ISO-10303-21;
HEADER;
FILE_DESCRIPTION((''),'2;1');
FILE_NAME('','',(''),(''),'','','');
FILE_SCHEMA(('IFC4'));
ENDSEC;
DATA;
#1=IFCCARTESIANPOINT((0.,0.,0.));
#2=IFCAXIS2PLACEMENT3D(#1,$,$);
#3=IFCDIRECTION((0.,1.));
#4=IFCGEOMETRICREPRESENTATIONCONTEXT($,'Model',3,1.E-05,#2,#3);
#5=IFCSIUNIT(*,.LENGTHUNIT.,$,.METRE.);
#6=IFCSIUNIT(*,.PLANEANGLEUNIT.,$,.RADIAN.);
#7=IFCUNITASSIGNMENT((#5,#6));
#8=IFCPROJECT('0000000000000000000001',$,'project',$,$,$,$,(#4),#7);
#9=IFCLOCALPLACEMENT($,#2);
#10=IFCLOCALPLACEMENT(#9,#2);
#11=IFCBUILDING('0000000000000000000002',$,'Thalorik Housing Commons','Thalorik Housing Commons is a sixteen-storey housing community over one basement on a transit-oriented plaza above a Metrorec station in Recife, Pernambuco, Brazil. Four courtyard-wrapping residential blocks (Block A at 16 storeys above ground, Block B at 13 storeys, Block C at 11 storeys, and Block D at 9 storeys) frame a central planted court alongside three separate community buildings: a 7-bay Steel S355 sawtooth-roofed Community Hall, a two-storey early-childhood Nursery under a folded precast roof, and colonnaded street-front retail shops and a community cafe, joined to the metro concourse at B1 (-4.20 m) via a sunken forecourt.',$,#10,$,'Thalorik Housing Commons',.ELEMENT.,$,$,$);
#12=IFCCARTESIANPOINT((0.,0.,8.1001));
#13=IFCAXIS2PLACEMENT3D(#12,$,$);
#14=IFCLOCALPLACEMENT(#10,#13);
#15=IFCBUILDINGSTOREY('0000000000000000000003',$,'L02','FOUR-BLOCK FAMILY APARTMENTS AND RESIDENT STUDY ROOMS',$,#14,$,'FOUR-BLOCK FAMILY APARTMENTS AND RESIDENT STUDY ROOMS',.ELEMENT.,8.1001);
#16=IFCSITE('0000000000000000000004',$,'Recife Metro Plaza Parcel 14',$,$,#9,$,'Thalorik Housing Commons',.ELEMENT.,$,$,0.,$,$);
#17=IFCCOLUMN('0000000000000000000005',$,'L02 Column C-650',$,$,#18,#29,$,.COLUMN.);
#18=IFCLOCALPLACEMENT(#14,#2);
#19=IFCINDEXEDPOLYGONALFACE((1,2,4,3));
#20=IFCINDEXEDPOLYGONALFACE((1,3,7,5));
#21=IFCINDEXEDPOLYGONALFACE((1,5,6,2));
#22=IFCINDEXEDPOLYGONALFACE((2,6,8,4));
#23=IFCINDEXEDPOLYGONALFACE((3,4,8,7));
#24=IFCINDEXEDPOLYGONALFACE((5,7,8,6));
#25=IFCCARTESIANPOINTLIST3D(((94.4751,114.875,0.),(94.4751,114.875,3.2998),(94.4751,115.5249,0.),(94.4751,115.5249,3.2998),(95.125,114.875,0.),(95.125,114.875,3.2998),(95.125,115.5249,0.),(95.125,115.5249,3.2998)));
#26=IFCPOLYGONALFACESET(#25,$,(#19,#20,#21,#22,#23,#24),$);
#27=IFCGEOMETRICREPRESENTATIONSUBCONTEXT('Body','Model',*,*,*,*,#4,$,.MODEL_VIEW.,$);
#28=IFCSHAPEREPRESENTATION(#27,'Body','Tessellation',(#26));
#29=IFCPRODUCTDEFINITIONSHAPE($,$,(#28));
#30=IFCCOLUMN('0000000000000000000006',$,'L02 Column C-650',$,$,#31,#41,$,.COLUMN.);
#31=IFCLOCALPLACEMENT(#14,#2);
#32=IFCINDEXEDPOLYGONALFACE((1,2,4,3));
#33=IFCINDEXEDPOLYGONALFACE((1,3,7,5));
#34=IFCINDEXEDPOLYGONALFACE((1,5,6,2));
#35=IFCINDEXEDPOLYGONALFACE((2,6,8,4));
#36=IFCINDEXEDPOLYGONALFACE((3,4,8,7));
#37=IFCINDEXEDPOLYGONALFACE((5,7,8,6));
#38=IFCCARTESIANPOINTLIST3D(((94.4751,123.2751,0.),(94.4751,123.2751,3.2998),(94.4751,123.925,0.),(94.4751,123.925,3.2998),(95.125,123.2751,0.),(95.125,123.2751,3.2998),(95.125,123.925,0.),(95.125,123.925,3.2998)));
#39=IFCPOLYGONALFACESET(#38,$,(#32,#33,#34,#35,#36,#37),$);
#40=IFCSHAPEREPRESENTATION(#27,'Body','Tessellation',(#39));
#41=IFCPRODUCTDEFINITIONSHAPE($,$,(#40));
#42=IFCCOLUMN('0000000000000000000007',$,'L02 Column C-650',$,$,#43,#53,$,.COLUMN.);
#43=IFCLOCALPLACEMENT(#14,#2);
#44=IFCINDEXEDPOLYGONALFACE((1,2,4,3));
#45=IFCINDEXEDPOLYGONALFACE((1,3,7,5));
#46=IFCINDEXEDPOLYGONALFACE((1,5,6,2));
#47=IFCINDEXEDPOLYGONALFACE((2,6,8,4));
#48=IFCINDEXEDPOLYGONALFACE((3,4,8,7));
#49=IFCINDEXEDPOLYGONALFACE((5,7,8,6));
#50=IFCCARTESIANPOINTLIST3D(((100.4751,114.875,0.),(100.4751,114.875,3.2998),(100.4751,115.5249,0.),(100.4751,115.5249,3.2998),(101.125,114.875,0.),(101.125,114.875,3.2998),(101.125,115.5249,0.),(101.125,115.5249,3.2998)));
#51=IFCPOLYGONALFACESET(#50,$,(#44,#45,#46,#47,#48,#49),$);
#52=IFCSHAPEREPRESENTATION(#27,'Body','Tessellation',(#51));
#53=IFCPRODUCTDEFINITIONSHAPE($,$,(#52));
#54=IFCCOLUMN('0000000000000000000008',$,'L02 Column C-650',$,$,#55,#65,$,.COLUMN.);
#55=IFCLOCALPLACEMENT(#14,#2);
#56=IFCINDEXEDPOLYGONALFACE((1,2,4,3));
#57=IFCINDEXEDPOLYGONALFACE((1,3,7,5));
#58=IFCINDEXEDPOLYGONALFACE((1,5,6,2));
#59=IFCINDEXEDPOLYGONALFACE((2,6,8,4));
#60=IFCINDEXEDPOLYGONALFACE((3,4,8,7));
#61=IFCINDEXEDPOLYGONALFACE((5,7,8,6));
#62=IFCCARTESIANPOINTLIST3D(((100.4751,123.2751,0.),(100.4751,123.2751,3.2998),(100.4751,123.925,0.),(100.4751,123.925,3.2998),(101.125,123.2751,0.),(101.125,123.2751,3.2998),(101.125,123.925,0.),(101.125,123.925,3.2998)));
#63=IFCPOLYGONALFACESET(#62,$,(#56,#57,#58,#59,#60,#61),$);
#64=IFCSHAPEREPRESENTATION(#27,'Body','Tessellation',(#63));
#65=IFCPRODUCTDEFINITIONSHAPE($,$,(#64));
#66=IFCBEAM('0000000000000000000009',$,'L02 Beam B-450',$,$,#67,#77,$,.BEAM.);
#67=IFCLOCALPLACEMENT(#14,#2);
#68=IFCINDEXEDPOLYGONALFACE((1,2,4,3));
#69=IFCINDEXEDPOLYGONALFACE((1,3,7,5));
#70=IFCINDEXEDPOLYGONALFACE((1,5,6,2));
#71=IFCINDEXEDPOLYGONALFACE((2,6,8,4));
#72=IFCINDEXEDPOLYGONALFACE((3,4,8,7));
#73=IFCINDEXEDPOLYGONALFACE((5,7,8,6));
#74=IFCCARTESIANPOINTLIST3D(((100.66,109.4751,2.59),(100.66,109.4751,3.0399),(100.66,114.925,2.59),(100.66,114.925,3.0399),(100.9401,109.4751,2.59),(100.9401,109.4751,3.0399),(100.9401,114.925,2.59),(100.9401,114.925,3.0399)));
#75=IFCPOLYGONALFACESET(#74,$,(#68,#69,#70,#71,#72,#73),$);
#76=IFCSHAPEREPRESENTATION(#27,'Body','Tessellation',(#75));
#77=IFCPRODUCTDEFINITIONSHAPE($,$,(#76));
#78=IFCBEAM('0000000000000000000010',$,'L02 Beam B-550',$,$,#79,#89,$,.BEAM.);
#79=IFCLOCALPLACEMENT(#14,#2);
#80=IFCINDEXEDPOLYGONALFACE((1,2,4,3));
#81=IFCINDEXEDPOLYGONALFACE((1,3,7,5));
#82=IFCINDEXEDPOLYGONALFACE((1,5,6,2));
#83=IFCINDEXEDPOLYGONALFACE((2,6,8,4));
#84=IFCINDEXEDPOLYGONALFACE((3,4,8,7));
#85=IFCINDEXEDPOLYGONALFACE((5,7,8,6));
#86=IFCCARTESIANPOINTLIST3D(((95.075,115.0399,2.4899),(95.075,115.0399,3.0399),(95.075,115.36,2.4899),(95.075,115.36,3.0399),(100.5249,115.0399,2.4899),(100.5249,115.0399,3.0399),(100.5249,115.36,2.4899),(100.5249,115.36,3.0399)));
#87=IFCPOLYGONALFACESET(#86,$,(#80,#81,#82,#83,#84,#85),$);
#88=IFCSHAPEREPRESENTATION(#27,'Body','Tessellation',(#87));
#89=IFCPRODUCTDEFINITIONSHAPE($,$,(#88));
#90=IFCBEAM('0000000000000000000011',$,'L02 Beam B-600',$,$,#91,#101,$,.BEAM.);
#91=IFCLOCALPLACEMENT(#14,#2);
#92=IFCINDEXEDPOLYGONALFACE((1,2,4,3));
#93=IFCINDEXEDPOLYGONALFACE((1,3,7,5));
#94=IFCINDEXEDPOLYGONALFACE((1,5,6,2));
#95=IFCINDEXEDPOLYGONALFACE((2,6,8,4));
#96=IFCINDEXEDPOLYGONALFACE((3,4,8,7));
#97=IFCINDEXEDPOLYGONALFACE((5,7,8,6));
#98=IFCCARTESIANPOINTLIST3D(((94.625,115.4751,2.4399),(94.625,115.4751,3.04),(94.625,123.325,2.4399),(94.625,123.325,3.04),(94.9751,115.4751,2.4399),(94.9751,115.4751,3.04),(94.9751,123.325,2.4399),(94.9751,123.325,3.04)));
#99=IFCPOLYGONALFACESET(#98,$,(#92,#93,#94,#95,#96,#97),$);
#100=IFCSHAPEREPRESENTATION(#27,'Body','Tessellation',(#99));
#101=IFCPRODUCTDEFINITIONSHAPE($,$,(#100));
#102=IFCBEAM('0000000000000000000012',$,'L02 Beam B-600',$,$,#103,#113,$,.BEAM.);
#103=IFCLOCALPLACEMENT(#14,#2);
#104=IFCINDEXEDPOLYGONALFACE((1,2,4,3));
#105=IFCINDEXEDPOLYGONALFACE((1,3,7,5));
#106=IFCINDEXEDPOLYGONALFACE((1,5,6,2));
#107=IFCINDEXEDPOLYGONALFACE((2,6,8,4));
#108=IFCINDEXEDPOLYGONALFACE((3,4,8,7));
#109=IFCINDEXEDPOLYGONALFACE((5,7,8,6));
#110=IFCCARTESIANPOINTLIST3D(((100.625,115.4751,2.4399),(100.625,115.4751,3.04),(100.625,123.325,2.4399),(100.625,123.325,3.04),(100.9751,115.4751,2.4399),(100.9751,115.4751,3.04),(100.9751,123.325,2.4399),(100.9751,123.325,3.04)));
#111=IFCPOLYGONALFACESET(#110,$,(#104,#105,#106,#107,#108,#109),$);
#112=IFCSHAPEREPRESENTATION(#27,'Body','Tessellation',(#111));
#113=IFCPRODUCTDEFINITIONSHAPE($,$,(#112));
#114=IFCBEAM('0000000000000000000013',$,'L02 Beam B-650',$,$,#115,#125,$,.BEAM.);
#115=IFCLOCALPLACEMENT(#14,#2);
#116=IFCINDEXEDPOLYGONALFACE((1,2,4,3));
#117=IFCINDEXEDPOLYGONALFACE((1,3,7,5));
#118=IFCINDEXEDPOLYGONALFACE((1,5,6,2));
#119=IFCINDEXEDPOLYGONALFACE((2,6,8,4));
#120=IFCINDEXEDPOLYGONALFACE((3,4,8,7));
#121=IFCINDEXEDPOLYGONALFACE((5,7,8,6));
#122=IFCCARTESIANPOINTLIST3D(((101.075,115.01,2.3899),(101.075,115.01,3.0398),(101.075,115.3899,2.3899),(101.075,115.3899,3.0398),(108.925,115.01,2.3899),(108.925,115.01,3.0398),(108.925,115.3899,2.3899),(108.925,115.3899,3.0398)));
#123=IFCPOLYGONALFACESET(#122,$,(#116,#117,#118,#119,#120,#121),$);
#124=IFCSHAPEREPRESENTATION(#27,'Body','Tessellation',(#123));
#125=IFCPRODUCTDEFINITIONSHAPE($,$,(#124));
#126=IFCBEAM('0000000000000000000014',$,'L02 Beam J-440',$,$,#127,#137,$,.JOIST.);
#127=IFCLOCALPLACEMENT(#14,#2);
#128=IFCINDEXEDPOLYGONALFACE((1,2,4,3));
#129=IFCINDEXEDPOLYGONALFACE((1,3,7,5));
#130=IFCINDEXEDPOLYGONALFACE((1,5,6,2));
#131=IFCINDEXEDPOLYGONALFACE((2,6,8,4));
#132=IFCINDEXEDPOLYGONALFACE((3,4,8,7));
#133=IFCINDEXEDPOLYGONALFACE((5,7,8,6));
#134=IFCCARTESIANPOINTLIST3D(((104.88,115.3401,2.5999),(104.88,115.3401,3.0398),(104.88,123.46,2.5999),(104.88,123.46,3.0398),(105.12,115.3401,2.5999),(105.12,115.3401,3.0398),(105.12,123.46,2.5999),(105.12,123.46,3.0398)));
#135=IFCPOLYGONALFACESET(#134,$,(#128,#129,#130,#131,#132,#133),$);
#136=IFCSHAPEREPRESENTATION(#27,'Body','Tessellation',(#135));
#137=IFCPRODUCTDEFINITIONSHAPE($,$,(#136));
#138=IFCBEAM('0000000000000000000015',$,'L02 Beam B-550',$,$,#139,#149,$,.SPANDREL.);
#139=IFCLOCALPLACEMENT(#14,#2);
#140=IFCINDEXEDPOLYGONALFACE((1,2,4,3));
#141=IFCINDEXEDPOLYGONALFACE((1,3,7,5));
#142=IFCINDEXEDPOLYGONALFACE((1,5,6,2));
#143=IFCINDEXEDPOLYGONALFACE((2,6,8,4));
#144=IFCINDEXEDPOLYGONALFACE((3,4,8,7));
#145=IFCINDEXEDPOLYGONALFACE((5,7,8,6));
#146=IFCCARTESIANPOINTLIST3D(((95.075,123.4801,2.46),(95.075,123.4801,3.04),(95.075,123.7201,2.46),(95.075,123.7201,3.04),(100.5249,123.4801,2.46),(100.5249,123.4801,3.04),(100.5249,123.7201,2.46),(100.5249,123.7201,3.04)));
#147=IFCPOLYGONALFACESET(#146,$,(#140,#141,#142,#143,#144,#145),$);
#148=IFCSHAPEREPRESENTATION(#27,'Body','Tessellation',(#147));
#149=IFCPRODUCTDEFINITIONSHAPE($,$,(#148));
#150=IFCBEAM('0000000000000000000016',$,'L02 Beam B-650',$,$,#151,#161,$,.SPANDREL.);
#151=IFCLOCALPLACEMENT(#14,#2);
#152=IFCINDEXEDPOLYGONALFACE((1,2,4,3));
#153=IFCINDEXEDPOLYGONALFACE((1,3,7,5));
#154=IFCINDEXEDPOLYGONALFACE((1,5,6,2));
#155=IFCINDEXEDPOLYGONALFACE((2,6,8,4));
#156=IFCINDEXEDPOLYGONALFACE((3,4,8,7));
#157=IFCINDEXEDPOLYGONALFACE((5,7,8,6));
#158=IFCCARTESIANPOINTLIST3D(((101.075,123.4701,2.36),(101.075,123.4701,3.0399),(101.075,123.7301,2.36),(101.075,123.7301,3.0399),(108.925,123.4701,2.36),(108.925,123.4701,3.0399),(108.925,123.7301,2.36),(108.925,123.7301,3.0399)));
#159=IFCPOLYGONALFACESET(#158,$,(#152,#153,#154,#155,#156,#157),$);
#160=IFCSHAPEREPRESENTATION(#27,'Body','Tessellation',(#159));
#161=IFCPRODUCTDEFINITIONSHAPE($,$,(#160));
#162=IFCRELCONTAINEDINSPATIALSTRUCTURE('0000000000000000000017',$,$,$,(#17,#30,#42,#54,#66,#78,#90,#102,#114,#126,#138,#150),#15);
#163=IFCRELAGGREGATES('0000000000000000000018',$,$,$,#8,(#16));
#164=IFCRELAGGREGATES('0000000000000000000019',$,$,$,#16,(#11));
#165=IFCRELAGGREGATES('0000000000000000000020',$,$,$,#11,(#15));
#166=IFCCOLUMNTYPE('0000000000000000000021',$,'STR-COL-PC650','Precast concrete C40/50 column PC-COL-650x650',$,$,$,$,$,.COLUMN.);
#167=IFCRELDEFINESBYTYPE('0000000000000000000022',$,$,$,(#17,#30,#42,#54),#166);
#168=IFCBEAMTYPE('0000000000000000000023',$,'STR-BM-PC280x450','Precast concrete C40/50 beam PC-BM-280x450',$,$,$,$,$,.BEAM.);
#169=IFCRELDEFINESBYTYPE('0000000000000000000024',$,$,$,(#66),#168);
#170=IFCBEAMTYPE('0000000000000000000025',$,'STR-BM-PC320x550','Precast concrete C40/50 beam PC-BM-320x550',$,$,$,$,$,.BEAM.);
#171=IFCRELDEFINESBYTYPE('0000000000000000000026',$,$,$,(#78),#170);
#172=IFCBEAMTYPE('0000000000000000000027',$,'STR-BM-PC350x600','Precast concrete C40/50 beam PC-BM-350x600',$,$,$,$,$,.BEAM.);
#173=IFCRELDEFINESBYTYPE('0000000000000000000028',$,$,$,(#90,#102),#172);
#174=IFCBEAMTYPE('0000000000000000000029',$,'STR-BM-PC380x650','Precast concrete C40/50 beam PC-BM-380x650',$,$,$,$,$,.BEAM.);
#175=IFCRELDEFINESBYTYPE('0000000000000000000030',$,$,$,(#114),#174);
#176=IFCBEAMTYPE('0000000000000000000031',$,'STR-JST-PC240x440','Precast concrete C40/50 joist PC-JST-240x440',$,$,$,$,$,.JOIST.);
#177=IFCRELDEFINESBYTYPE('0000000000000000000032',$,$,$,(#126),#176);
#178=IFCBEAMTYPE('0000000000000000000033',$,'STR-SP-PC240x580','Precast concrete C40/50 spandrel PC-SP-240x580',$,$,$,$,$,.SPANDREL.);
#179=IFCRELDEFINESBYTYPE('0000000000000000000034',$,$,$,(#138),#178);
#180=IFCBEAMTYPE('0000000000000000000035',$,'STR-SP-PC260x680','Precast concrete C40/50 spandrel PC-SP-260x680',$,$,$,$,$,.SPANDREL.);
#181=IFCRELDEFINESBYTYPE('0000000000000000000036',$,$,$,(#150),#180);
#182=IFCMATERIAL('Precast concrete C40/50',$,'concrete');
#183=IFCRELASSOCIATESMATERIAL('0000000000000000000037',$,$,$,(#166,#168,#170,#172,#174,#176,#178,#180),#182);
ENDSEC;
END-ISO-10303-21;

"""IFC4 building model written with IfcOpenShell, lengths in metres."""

from ifc_helpers import new_model, si_unit, direction, frame, origin, origin_2d, place, context, subcontext, project, spatial, rectangle, extrude, material, material_profile, profile_set, type_object, element, save


model = new_model("IFC4")

# Units and contexts
model_context = context("Model", 3, precision=1e-05, world=origin(), true_north=direction((0.0, 1.0)))
body_context = subcontext(model_context, "Body", "Model", "MODEL_VIEW")
ifc_project = project(units=[si_unit("LENGTHUNIT", "METRE"), si_unit("PLANEANGLEUNIT", "RADIAN")], contexts=[model_context])

# Site, building, storey
site_placement = place(None, origin())
site = spatial("IfcSite", under=ifc_project, at=site_placement, Name="Recife Metro Plaza Parcel 14", LongName="Thalorik Housing Commons", CompositionType="ELEMENT", RefElevation=0.0)
building_placement = place(site_placement, origin())
building = spatial("IfcBuilding", under=site, at=building_placement, Name="Thalorik Housing Commons", Description="Thalorik Housing Commons is a sixteen-storey housing community over one basement on a transit-oriented plaza above a Metrorec station in Recife, Pernambuco, Brazil. Four courtyard-wrapping residential blocks (Block A at 16 storeys above ground, Block B at 13 storeys, Block C at 11 storeys, and Block D at 9 storeys) frame a central planted court alongside three separate community buildings: a 7-bay Steel S355 sawtooth-roofed Community Hall, a two-storey early-childhood Nursery under a folded precast roof, and colonnaded street-front retail shops and a community cafe, joined to the metro concourse at B1 (-4.20 m) via a sunken forecourt.", LongName="Thalorik Housing Commons", CompositionType="ELEMENT")
storey_placement = place(building_placement, frame((0.0, 0.0, 8.1001)))
storey = spatial("IfcBuildingStorey", under=building, at=storey_placement, Name="L02", Description="FOUR-BLOCK FAMILY APARTMENTS AND RESIDENT STUDY ROOMS", LongName="FOUR-BLOCK FAMILY APARTMENTS AND RESIDENT STUDY ROOMS", CompositionType="ELEMENT", Elevation=8.1001)

# Columns
ifc_material_1 = material(Name="Precast concrete C40/50", Category="concrete")
ifc_material_profile_1 = material_profile(ifc_material_1, rectangle(XDim=0.6499, YDim=0.6499, at=origin_2d()), Name="PC 650x650", Category="concrete")
ifc_profile_set_1 = profile_set([ifc_material_profile_1], Name="Precast concrete C40/50")
column_type = type_object("IfcColumnType", Name="STR-COL-PC650", Description="Precast concrete C40/50 column PC-COL-650x650", PredefinedType="COLUMN", material=ifc_profile_set_1)
for number, where, z_axis, x_axis, name in (
    (1, (94.8, 115.2, 0.0), (0.0, 0.0, 1.0), (1.0, 0.0, 0.0), "L02 Column C-650"),
    (2, (94.8, 123.6001, 0.0), (0.0, 0.0, 1.0), (1.0, 0.0, 0.0), "L02 Column C-650"),
    (3, (100.8, 115.2, 0.0), (0.0, 0.0, 1.0), (1.0, 0.0, 0.0), "L02 Column C-650"),
    (4, (100.8, 123.6001, 0.0), (0.0, 0.0, 1.0), (1.0, 0.0, 0.0), "L02 Column C-650"),
):
    element("IfcColumn", number, at=place(storey_placement, frame(where, z_axis=z_axis, x_axis=x_axis)), inside=storey, type_object=column_type, Name=name, PredefinedType="COLUMN", context=body_context, shape_type="SweptSolid", body=[
        extrude(rectangle(XDim=0.6499, YDim=0.6499, at=origin_2d()), origin(), (0.0, 0.0, 1.0), 3.2998),
    ])

# Beams
ifc_material_profile_2 = material_profile(ifc_material_1, rectangle(XDim=0.28, YDim=0.45, at=origin_2d()), Name="PC 280x450", Category="concrete")
ifc_profile_set_2 = profile_set([ifc_material_profile_2], Name="Precast concrete C40/50")
beam_type_1 = type_object("IfcBeamType", Name="STR-BM-PC280x450", Description="Precast concrete C40/50 beam PC-BM-280x450", PredefinedType="BEAM", material=ifc_profile_set_2)
beam_1_placement = place(storey_placement, frame((100.8, 109.4751, 2.8149), z_axis=(0.0, 1.0, 0.0), x_axis=(-1.0, 0.0, 0.0)))
element("IfcBeam", 5, at=beam_1_placement, inside=storey, type_object=beam_type_1, Name="L02 Beam B-450", PredefinedType="BEAM", context=body_context, shape_type="SweptSolid", body=[
    extrude(rectangle(XDim=0.28, YDim=0.45, at=origin_2d()), origin(), (0.0, 0.0, 1.0), 5.45),
])
ifc_material_profile_3 = material_profile(ifc_material_1, rectangle(XDim=0.3201, YDim=0.55, at=origin_2d()), Name="PC 320x550", Category="concrete")
ifc_profile_set_3 = profile_set([ifc_material_profile_3], Name="Precast concrete C40/50")
beam_type_2 = type_object("IfcBeamType", Name="STR-BM-PC320x550", Description="Precast concrete C40/50 beam PC-BM-320x550", PredefinedType="BEAM", material=ifc_profile_set_3)
beam_2_placement = place(storey_placement, frame((95.075, 115.2, 2.7649), z_axis=(1.0, 0.0, 0.0), x_axis=(0.0, 1.0, 0.0)))
element("IfcBeam", 6, at=beam_2_placement, inside=storey, type_object=beam_type_2, Name="L02 Beam B-550", PredefinedType="BEAM", context=body_context, shape_type="SweptSolid", body=[
    extrude(rectangle(XDim=0.3201, YDim=0.55, at=origin_2d()), origin(), (0.0, 0.0, 1.0), 5.45),
])
ifc_material_profile_4 = material_profile(ifc_material_1, rectangle(XDim=0.3501, YDim=0.6001, at=origin_2d()), Name="PC 350x600", Category="concrete")
ifc_profile_set_4 = profile_set([ifc_material_profile_4], Name="Precast concrete C40/50")
beam_type_3 = type_object("IfcBeamType", Name="STR-BM-PC350x600", Description="Precast concrete C40/50 beam PC-BM-350x600", PredefinedType="BEAM", material=ifc_profile_set_4)
for number, where, z_axis, x_axis, name in (
    (7, (94.8, 115.4751, 2.74), (0.0, 1.0, 0.0), (-1.0, 0.0, 0.0), "L02 Beam B-600"),
    (8, (100.8, 115.4751, 2.74), (0.0, 1.0, 0.0), (-1.0, 0.0, 0.0), "L02 Beam B-600"),
):
    element("IfcBeam", number, at=place(storey_placement, frame(where, z_axis=z_axis, x_axis=x_axis)), inside=storey, type_object=beam_type_3, Name=name, PredefinedType="BEAM", context=body_context, shape_type="SweptSolid", body=[
        extrude(rectangle(XDim=0.3501, YDim=0.6001, at=origin_2d()), origin(), (0.0, 0.0, 1.0), 7.8499),
    ])
ifc_material_profile_5 = material_profile(ifc_material_1, rectangle(XDim=0.3799, YDim=0.6499, at=origin_2d()), Name="PC 380x650", Category="concrete")
ifc_profile_set_5 = profile_set([ifc_material_profile_5], Name="Precast concrete C40/50")
beam_type_4 = type_object("IfcBeamType", Name="STR-BM-PC380x650", Description="Precast concrete C40/50 beam PC-BM-380x650", PredefinedType="BEAM", material=ifc_profile_set_5)
beam_3_placement = place(storey_placement, frame((101.075, 115.2, 2.7148), z_axis=(1.0, 0.0, 0.0), x_axis=(0.0, 1.0, 0.0)))
element("IfcBeam", 9, at=beam_3_placement, inside=storey, type_object=beam_type_4, Name="L02 Beam B-650", PredefinedType="BEAM", context=body_context, shape_type="SweptSolid", body=[
    extrude(rectangle(XDim=0.3799, YDim=0.6499, at=origin_2d()), origin(), (0.0, 0.0, 1.0), 7.8501),
])
ifc_material_profile_6 = material_profile(ifc_material_1, rectangle(XDim=0.24, YDim=0.4399, at=origin_2d()), Name="PC JST 240x440", Category="concrete")
ifc_profile_set_6 = profile_set([ifc_material_profile_6], Name="Precast concrete C40/50")
beam_type_5 = type_object("IfcBeamType", Name="STR-JST-PC240x440", Description="Precast concrete C40/50 joist PC-JST-240x440", PredefinedType="JOIST", material=ifc_profile_set_6)
beam_4_placement = place(storey_placement, frame((105.0, 115.3401, 2.8198), z_axis=(0.0, 1.0, 0.0), x_axis=(-1.0, 0.0, 0.0)))
element("IfcBeam", 10, at=beam_4_placement, inside=storey, type_object=beam_type_5, Name="L02 Beam J-440", PredefinedType="JOIST", context=body_context, shape_type="SweptSolid", body=[
    extrude(rectangle(XDim=0.24, YDim=0.4399, at=origin_2d()), origin(), (0.0, 0.0, 1.0), 8.1199),
])
ifc_material_profile_7 = material_profile(ifc_material_1, rectangle(XDim=0.24, YDim=0.5801, at=origin_2d()), Name="PC SP 240x580", Category="concrete")
ifc_profile_set_7 = profile_set([ifc_material_profile_7], Name="Precast concrete C40/50")
beam_type_6 = type_object("IfcBeamType", Name="STR-SP-PC240x580", Description="Precast concrete C40/50 spandrel PC-SP-240x580", PredefinedType="SPANDREL", material=ifc_profile_set_7)
beam_5_placement = place(storey_placement, frame((95.075, 123.6001, 2.75), z_axis=(1.0, 0.0, 0.0), x_axis=(0.0, 1.0, 0.0)))
element("IfcBeam", 11, at=beam_5_placement, inside=storey, type_object=beam_type_6, Name="L02 Beam B-550", PredefinedType="SPANDREL", context=body_context, shape_type="SweptSolid", body=[
    extrude(rectangle(XDim=0.24, YDim=0.5801, at=origin_2d()), origin(), (0.0, 0.0, 1.0), 5.45),
])
ifc_material_profile_8 = material_profile(ifc_material_1, rectangle(XDim=0.26, YDim=0.6799, at=origin_2d()), Name="PC SP 260x680", Category="concrete")
ifc_profile_set_8 = profile_set([ifc_material_profile_8], Name="Precast concrete C40/50")
beam_type_7 = type_object("IfcBeamType", Name="STR-SP-PC260x680", Description="Precast concrete C40/50 spandrel PC-SP-260x680", PredefinedType="SPANDREL", material=ifc_profile_set_8)
beam_6_placement = place(storey_placement, frame((101.075, 123.6001, 2.7), z_axis=(1.0, 0.0, 0.0), x_axis=(0.0, 1.0, 0.0)))
element("IfcBeam", 12, at=beam_6_placement, inside=storey, type_object=beam_type_7, Name="L02 Beam B-650", PredefinedType="SPANDREL", context=body_context, shape_type="SweptSolid", body=[
    extrude(rectangle(XDim=0.26, YDim=0.6799, at=origin_2d()), origin(), (0.0, 0.0, 1.0), 7.8501),
])

save(model, "model.ifc")
